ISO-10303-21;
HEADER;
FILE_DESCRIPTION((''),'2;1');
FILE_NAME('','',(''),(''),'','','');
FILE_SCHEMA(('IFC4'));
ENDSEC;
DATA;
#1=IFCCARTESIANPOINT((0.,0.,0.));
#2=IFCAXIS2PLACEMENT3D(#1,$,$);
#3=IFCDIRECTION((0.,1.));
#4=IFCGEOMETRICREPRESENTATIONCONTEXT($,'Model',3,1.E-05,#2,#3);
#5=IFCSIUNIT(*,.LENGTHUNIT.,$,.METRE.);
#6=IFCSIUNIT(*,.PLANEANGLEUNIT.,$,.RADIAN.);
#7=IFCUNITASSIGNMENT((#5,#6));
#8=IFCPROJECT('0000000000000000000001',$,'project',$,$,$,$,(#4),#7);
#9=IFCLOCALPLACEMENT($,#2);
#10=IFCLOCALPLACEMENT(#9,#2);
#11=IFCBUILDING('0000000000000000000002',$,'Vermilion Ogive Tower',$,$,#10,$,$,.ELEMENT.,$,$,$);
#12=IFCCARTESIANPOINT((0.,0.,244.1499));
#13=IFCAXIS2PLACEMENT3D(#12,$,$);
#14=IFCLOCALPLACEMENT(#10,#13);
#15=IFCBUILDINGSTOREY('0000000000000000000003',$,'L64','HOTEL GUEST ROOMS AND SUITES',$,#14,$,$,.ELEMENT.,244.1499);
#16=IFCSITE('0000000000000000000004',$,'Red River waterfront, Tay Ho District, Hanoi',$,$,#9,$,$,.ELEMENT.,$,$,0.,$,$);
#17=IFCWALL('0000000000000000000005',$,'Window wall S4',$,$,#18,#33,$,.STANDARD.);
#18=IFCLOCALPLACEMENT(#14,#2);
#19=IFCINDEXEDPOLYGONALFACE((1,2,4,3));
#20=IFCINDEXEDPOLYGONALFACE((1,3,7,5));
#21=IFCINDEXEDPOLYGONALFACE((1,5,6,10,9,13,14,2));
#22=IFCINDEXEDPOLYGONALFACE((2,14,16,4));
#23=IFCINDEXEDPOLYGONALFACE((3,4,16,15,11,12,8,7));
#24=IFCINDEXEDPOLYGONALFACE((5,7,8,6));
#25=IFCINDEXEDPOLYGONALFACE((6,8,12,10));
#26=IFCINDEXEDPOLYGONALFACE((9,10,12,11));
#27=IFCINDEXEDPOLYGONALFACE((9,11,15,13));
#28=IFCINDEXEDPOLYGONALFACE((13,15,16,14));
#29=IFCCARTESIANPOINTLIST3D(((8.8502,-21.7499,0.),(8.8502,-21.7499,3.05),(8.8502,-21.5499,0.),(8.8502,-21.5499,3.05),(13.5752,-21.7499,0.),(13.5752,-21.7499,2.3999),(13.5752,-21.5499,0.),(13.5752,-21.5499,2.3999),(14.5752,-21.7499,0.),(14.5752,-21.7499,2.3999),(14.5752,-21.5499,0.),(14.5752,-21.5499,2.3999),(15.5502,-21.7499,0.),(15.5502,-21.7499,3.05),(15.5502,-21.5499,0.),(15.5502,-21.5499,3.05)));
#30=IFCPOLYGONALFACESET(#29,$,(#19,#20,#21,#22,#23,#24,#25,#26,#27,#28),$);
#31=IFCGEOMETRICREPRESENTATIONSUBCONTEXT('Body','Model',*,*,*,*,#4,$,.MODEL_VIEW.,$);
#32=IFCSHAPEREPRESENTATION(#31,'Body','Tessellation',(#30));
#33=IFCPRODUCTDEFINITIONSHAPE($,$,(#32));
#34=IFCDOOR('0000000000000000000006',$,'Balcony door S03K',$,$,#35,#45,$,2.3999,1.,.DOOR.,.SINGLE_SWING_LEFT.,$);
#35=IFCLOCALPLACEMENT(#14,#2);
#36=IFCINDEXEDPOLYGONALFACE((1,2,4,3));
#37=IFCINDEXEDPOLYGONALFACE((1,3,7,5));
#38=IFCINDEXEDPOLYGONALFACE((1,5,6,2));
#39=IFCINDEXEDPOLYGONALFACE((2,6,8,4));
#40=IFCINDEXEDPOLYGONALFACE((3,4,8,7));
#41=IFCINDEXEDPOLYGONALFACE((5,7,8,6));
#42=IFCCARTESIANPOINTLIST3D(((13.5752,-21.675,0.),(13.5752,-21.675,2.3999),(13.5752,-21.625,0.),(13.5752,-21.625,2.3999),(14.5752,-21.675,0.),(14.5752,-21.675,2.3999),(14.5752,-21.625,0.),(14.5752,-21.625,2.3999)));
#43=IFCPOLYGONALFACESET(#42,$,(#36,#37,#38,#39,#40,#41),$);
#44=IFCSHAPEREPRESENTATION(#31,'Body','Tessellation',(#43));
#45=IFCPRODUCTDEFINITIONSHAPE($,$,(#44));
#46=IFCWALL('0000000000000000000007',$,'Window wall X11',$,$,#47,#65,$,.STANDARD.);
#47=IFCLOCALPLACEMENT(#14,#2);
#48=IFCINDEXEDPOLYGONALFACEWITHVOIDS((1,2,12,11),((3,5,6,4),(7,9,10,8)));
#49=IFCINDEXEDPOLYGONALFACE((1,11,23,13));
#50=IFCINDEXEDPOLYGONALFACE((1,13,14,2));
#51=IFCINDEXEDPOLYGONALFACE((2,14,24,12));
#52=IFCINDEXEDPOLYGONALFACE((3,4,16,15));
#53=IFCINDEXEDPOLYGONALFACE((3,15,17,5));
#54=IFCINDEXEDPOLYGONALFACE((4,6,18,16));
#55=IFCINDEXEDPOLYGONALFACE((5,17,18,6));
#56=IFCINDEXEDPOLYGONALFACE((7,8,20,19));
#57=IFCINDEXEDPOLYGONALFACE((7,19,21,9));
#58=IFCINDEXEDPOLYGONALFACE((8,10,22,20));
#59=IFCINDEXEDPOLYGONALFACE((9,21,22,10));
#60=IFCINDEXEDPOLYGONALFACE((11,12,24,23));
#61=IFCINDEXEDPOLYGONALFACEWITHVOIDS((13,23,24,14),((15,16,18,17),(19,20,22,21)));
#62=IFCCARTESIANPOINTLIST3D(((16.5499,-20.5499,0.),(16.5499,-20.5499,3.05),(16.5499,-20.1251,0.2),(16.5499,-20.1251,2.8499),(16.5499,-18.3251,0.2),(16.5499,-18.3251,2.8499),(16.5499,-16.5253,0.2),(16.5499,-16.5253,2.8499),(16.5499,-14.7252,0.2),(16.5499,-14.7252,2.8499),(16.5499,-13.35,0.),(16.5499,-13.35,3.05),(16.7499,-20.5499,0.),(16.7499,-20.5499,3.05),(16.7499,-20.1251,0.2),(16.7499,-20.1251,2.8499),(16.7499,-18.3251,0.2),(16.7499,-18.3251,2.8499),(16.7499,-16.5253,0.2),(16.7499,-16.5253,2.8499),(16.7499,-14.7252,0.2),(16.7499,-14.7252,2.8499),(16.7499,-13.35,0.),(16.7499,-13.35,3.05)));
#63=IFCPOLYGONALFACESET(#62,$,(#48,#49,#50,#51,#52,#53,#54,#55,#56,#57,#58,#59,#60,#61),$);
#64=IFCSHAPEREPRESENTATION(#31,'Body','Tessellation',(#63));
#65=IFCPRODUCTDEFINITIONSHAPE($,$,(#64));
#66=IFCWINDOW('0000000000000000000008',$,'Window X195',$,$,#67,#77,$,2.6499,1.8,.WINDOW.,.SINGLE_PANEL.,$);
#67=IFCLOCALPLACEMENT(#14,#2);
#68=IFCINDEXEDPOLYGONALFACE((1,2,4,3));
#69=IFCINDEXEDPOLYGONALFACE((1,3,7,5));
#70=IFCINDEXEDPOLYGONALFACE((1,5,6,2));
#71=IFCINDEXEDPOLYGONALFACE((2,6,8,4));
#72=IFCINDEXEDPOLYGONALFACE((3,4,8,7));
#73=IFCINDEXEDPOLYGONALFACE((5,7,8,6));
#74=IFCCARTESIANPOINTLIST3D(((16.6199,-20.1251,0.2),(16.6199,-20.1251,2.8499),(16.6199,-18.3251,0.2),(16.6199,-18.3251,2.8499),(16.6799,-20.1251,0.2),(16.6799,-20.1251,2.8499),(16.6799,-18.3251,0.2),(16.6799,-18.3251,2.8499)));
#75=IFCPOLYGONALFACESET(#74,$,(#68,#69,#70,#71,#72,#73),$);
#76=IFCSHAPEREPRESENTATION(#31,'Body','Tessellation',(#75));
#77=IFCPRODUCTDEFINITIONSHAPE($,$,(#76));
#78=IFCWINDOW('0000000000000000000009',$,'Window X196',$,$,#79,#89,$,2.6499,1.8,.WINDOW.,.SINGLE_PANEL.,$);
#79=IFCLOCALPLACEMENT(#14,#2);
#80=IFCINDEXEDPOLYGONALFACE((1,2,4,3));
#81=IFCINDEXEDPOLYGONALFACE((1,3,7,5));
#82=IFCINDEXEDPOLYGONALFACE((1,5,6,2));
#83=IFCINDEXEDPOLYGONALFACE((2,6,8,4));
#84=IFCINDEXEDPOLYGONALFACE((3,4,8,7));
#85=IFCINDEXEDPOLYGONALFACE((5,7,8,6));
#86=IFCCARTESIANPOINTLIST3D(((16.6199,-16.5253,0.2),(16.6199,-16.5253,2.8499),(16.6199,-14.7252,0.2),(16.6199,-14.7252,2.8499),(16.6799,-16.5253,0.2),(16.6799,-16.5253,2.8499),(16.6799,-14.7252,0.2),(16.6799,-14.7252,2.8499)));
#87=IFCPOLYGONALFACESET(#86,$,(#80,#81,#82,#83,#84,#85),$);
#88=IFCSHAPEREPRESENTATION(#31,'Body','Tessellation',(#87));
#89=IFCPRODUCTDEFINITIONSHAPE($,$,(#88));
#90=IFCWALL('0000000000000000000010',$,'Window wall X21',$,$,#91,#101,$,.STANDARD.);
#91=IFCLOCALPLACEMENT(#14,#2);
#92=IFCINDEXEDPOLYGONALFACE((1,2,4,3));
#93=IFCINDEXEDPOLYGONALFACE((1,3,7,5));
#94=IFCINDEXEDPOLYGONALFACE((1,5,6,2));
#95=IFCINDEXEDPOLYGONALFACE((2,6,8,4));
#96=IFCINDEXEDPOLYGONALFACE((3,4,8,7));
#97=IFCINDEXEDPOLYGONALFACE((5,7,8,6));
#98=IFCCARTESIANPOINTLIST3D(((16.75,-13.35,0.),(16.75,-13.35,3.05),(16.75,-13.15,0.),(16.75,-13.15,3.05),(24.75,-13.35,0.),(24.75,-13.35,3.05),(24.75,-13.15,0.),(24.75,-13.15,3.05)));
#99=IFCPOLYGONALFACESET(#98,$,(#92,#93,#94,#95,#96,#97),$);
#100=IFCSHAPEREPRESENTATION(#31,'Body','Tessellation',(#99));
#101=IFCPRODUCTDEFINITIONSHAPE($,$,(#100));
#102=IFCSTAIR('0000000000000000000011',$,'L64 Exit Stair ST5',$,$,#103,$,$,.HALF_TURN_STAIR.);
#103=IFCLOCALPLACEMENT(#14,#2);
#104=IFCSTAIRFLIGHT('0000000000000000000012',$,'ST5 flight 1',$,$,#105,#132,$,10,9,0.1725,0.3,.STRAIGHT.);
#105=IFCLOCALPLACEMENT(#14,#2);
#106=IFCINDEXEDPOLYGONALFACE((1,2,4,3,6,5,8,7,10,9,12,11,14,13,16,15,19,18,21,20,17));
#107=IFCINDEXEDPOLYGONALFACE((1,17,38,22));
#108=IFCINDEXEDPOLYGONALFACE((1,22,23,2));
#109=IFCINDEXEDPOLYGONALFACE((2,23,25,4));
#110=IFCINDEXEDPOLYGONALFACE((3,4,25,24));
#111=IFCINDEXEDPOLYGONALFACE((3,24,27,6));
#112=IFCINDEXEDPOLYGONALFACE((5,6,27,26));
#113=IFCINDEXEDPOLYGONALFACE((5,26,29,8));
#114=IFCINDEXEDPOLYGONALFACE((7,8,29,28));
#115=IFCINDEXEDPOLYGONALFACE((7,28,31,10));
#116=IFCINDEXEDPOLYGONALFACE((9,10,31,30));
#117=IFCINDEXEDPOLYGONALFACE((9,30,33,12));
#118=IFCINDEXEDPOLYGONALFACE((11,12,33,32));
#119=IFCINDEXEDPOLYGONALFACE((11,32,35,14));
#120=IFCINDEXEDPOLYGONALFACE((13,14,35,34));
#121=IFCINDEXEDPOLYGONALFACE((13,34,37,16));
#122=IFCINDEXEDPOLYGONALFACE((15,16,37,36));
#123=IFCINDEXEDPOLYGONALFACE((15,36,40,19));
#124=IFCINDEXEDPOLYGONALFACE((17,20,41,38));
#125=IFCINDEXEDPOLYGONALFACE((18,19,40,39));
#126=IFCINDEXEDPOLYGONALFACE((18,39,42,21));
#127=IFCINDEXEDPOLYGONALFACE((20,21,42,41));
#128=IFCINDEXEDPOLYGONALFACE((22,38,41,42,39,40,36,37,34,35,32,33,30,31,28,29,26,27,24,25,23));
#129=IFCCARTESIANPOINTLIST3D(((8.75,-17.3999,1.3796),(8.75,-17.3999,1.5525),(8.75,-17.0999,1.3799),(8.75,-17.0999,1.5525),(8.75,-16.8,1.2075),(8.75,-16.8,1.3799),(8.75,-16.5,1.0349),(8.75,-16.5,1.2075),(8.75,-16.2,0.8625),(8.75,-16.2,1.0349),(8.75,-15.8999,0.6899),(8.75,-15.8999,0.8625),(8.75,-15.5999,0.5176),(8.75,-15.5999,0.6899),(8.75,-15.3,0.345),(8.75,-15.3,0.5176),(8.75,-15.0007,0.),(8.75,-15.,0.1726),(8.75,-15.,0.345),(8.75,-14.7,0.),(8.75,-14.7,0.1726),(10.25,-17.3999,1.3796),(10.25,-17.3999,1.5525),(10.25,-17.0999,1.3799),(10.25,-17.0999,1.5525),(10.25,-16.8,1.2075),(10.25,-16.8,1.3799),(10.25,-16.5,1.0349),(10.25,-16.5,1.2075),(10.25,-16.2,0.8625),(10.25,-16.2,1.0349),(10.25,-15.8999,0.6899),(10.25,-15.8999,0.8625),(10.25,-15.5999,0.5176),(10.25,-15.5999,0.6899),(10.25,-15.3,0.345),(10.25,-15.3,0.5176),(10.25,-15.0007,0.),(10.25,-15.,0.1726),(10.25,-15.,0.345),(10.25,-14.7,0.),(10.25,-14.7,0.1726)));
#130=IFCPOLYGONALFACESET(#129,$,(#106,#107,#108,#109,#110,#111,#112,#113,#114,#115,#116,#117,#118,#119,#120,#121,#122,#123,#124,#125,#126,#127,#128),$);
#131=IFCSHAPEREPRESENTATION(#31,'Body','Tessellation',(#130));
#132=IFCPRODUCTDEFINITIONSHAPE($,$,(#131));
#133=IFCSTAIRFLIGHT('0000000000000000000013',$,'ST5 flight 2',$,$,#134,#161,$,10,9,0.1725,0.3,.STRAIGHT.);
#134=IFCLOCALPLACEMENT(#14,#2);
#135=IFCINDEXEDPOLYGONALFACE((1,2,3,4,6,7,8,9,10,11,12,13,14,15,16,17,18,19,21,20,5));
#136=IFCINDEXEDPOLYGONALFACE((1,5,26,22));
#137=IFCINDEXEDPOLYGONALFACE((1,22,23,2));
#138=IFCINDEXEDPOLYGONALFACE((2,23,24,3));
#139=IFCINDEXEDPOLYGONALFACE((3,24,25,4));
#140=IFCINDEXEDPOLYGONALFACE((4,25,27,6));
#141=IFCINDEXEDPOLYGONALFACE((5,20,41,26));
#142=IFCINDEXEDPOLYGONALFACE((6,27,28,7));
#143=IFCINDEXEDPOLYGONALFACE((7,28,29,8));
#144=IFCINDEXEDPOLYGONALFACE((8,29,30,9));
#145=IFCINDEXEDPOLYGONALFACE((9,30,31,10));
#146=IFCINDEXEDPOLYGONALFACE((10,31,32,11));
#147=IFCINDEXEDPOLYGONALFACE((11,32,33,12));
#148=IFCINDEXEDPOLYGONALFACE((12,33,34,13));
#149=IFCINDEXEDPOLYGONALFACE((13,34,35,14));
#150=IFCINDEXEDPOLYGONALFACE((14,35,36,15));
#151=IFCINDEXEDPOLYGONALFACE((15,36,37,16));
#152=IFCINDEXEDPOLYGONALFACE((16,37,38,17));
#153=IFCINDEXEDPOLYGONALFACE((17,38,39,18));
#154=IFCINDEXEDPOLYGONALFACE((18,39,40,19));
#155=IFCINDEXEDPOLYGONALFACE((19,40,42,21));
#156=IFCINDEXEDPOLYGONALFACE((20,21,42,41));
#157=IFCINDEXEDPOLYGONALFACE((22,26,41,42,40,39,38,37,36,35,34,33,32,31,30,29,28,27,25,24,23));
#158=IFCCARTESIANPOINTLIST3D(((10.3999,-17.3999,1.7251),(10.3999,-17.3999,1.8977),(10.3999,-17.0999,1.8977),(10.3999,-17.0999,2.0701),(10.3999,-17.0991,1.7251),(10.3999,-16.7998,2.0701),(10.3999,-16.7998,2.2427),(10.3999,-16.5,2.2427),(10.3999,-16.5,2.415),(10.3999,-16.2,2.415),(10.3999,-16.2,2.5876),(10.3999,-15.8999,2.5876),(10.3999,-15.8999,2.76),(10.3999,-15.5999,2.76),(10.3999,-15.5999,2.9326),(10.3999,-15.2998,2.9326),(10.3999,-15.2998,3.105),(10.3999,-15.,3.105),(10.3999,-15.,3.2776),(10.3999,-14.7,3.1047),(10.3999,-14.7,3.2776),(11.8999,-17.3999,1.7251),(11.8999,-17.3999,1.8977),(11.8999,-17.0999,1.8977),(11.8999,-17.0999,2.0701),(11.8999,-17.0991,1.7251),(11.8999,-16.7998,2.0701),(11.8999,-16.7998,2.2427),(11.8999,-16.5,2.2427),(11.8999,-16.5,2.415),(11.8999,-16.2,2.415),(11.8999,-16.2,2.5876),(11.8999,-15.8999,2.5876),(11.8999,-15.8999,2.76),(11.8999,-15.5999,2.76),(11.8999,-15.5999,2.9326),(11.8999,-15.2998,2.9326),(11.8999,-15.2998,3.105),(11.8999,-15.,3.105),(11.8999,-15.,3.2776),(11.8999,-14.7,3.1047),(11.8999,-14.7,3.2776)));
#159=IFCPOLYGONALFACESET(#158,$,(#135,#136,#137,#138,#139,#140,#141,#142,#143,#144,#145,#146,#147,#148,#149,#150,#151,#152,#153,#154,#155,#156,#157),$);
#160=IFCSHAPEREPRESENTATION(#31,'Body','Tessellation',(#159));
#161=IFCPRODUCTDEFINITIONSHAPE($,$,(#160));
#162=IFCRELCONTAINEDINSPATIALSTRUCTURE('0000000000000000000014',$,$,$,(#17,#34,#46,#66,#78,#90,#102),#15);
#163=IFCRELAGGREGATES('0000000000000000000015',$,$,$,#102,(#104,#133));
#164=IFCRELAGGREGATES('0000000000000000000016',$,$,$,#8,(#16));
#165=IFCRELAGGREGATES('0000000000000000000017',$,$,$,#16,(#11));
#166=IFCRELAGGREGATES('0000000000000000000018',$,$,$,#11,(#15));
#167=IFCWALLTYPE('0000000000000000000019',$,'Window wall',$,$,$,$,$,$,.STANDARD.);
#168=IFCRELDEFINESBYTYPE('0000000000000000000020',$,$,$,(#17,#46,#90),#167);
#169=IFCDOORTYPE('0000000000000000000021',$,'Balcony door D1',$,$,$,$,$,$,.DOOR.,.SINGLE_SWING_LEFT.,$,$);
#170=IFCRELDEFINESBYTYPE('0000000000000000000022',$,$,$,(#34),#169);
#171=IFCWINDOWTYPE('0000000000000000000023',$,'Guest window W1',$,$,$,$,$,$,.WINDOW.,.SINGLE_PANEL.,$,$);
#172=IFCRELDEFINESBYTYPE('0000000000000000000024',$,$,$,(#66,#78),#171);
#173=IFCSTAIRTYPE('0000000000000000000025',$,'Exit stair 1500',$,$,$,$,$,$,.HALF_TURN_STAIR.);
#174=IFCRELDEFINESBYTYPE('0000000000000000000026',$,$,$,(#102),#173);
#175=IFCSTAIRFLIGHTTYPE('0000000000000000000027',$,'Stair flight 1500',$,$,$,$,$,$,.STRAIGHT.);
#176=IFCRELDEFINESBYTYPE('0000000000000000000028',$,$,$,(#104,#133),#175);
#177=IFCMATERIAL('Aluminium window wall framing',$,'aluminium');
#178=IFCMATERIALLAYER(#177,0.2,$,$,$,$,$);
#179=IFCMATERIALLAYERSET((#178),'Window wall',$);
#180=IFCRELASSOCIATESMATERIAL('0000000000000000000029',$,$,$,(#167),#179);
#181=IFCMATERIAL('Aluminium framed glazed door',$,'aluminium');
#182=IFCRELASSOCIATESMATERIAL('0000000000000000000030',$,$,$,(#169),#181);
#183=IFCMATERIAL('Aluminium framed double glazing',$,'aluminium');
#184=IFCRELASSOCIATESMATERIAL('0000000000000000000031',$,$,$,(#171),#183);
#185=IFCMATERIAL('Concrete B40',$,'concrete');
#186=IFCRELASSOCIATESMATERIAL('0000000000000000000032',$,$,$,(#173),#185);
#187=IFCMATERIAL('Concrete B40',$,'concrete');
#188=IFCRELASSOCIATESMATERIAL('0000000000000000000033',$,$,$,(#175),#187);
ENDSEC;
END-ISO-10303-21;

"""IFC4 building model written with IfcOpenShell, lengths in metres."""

from ifc_helpers import new_model, si_unit, direction, frame, frame_2d, origin, place, context, subcontext, project, spatial, polyline, rectangle, outline, extrude, material, layer, layer_set, type_object, element, fill, aggregate, save


model = new_model("IFC4")

# Units and contexts
model_context = context("Model", 3, precision=1e-05, world=origin(), true_north=direction((0.0, 1.0)))
body_context = subcontext(model_context, "Body", "Model", "MODEL_VIEW")
ifc_project = project(units=[si_unit("LENGTHUNIT", "METRE"), si_unit("PLANEANGLEUNIT", "RADIAN")], contexts=[model_context])

# Site, building, storey
site_placement = place(None, origin())
site = spatial("IfcSite", under=ifc_project, at=site_placement, Name="Red River waterfront, Tay Ho District, Hanoi", CompositionType="ELEMENT", RefElevation=0.0)
building_placement = place(site_placement, origin())
building = spatial("IfcBuilding", under=site, at=building_placement, Name="Vermilion Ogive Tower", CompositionType="ELEMENT")
storey_placement = place(building_placement, frame((0.0, 0.0, 244.1499)))
storey = spatial("IfcBuildingStorey", under=building, at=storey_placement, Name="L64", Description="HOTEL GUEST ROOMS AND SUITES", CompositionType="ELEMENT", Elevation=244.1499)

# Wall, opening, door
ifc_material_1 = material(Name="Aluminium window wall framing", Category="aluminium")
ifc_layer_1 = layer(ifc_material_1, 0.2)
ifc_layer_set_1 = layer_set([ifc_layer_1], Name="Window wall")
wall_type_1 = type_object("IfcWallType", Name="Window wall", PredefinedType="STANDARD", material=ifc_layer_set_1)
wall_1_placement = place(storey_placement, frame((8.8501, -21.6499, 0.0), z_axis=(0.0, 0.0, 1.0), x_axis=(1.0, 0.0, 0.0)))
wall_1 = element("IfcWall", 1, at=wall_1_placement, inside=storey, type_object=wall_type_1, Name="Window wall S4", PredefinedType="STANDARD", context=body_context, shape_type="SweptSolid", body=[
    extrude(rectangle(XDim=6.7, YDim=0.2, at=frame_2d((3.3501, 0.0))), origin(), (0.0, 0.0, 1.0), 3.05),
])
opening_1_placement = place(wall_1_placement, frame((4.7251, 0.0, 0.0)))
opening_1 = element("IfcOpeningElement", 2, at=opening_1_placement, cuts=wall_1, PredefinedType="OPENING", context=body_context, shape_type="SweptSolid", body=[
    extrude(rectangle(XDim=1.0, YDim=2.3999, at=frame_2d((0.5, 1.2))), frame((0.0, 0.1099, 0.0), z_axis=(0.0, -1.0, 0.0), x_axis=(1.0, 0.0, 0.0)), (0.0, 0.0, 1.0), 0.22),
])
ifc_material_2 = material(Name="Aluminium framed glazed door", Category="aluminium")
door_type_1 = type_object("IfcDoorType", Name="Balcony door D1", OperationType="SINGLE_SWING_LEFT", PredefinedType="DOOR", material=ifc_material_2)
door_1_placement = place(opening_1_placement, origin())
door_1 = element("IfcDoor", 3, at=door_1_placement, inside=storey, type_object=door_type_1, Name="Balcony door S03K", OperationType="SINGLE_SWING_LEFT", OverallHeight=2.3999, OverallWidth=1.0, PredefinedType="DOOR", context=body_context, shape_type="SweptSolid", body=[
    extrude(rectangle(XDim=1.0, YDim=2.3999, at=frame_2d((0.5, 1.2))), frame((0.0, 0.0249, 0.0), z_axis=(0.0, -1.0, 0.0), x_axis=(1.0, 0.0, 0.0)), (0.0, 0.0, 1.0), 0.05),
])
fill(opening_1, door_1)

# Wall, openings, windows
wall_2_placement = place(storey_placement, frame((16.6499, -20.55, 0.0), z_axis=(0.0, 0.0, 1.0), x_axis=(0.0, 1.0, 0.0)))
wall_2 = element("IfcWall", 4, at=wall_2_placement, inside=storey, type_object=wall_type_1, Name="Window wall X11", PredefinedType="STANDARD", context=body_context, shape_type="SweptSolid", body=[
    extrude(rectangle(XDim=7.2, YDim=0.2, at=frame_2d((3.6001, 0.0))), origin(), (0.0, 0.0, 1.0), 3.05),
])
opening_2_placement = place(wall_2_placement, frame((0.425, 0.0, 0.2)))
opening_2 = element("IfcOpeningElement", 5, at=opening_2_placement, cuts=wall_2, PredefinedType="OPENING", context=body_context, shape_type="SweptSolid", body=[
    extrude(rectangle(XDim=1.8, YDim=2.6499, at=frame_2d((0.8999, 1.325))), frame((0.0, 0.1099, 0.0), z_axis=(0.0, -1.0, 0.0), x_axis=(1.0, 0.0, 0.0)), (0.0, 0.0, 1.0), 0.22),
])
opening_3_placement = place(wall_2_placement, frame((4.0249, 0.0, 0.2)))
opening_3 = element("IfcOpeningElement", 6, at=opening_3_placement, cuts=wall_2, PredefinedType="OPENING", context=body_context, shape_type="SweptSolid", body=[
    extrude(rectangle(XDim=1.8, YDim=2.6499, at=frame_2d((0.8999, 1.325))), frame((0.0, 0.1099, 0.0), z_axis=(0.0, -1.0, 0.0), x_axis=(1.0, 0.0, 0.0)), (0.0, 0.0, 1.0), 0.22),
])
ifc_material_3 = material(Name="Aluminium framed double glazing", Category="aluminium")
window_type = type_object("IfcWindowType", Name="Guest window W1", PartitioningType="SINGLE_PANEL", PredefinedType="WINDOW", material=ifc_material_3)
window_1_placement = place(opening_2_placement, origin())
window_1 = element("IfcWindow", 7, at=window_1_placement, inside=storey, type_object=window_type, Name="Window X195", OverallHeight=2.6499, OverallWidth=1.8, PartitioningType="SINGLE_PANEL", PredefinedType="WINDOW", context=body_context, shape_type="SweptSolid", body=[
    extrude(rectangle(XDim=1.8, YDim=2.6499, at=frame_2d((0.8999, 1.325))), frame((0.0, 0.03, 0.0), z_axis=(0.0, -1.0, 0.0), x_axis=(1.0, 0.0, 0.0)), (0.0, 0.0, 1.0), 0.0601),
])
fill(opening_2, window_1)
window_2_placement = place(opening_3_placement, origin())
window_2 = element("IfcWindow", 8, at=window_2_placement, inside=storey, type_object=window_type, Name="Window X196", OverallHeight=2.6499, OverallWidth=1.8, PartitioningType="SINGLE_PANEL", PredefinedType="WINDOW", context=body_context, shape_type="SweptSolid", body=[
    extrude(rectangle(XDim=1.8, YDim=2.6499, at=frame_2d((0.8999, 1.325))), frame((0.0, 0.03, 0.0), z_axis=(0.0, -1.0, 0.0), x_axis=(1.0, 0.0, 0.0)), (0.0, 0.0, 1.0), 0.0601),
])
fill(opening_3, window_2)

# Wall
wall_3_placement = place(storey_placement, frame((16.75, -13.25, 0.0), z_axis=(0.0, 0.0, 1.0), x_axis=(1.0, 0.0, 0.0)))
element("IfcWall", 9, at=wall_3_placement, inside=storey, type_object=wall_type_1, Name="Window wall X21", PredefinedType="STANDARD", context=body_context, shape_type="SweptSolid", body=[
    extrude(rectangle(XDim=8.0, YDim=0.2, at=frame_2d((4.0, 0.0))), origin(), (0.0, 0.0, 1.0), 3.05),
])

# Stair, stair flights
ifc_material_4 = material(Name="Concrete B40", Category="concrete")
stair_type = type_object("IfcStairType", Name="Exit stair 1500", PredefinedType="HALF_TURN_STAIR", material=ifc_material_4)
stair_placement = place(storey_placement, origin())
stair = element("IfcStair", 10, at=stair_placement, inside=storey, type_object=stair_type, Name="L64 Exit Stair ST5", PredefinedType="HALF_TURN_STAIR")
ifc_material_5 = material(Name="Concrete B40", Category="concrete")
stair_flight_type = type_object("IfcStairFlightType", Name="Stair flight 1500", PredefinedType="STRAIGHT", material=ifc_material_5)
stair_flight_1_placement = place(storey_placement, frame((9.5, -14.7, 0.0), z_axis=(0.0, 0.0, 1.0), x_axis=(0.0, -1.0, 0.0)))
stair_flight_1 = element("IfcStairFlight", 11, at=stair_flight_1_placement, type_object=stair_flight_type, Name="ST5 flight 1", NumberOfRisers=10, NumberOfTreads=9, PredefinedType="STRAIGHT", RiserHeight=0.1725, TreadLength=0.3, context=body_context, shape_type="SweptSolid", body=[
    extrude(outline(polyline([(0.0, 0.0), (0.0, 0.1726), (0.3, 0.1726), (0.3, 0.345), (0.6001, 0.345), (0.6001, 0.5176), (0.8999, 0.5176), (0.8999, 0.6899), (1.2, 0.6899), (1.2, 0.8625), (1.5, 0.8625), (1.5, 1.0349), (1.8, 1.0349), (1.8, 1.2075), (2.1001, 1.2075), (2.1001, 1.3799), (2.3999, 1.3799), (2.3999, 1.5525), (2.7, 1.5525), (2.7, 1.7251), (2.7, 1.3796), (0.3008, 0.0), (0.0, 0.0)])), frame((0.0, 0.75, 0.0), z_axis=(0.0, -1.0, 0.0), x_axis=(1.0, 0.0, 0.0)), (0.0, 0.0, 1.0), 1.5),
])
stair_flight_2_placement = place(storey_placement, frame((11.1499, -17.3999, 1.7251), z_axis=(0.0, 0.0, 1.0), x_axis=(0.0, 1.0, 0.0)))
stair_flight_2 = element("IfcStairFlight", 12, at=stair_flight_2_placement, type_object=stair_flight_type, Name="ST5 flight 2", NumberOfRisers=10, NumberOfTreads=9, PredefinedType="STRAIGHT", RiserHeight=0.1725, TreadLength=0.3, context=body_context, shape_type="SweptSolid", body=[
    extrude(outline(polyline([(0.0, 0.0), (0.0, 0.1726), (0.3, 0.1726), (0.3, 0.345), (0.6001, 0.345), (0.6001, 0.5176), (0.8999, 0.5176), (0.8999, 0.6899), (1.2, 0.6899), (1.2, 0.8625), (1.5, 0.8625), (1.5, 1.0349), (1.8, 1.0349), (1.8, 1.2075), (2.1001, 1.2075), (2.1001, 1.3799), (2.3999, 1.3799), (2.3999, 1.5525), (2.7, 1.5525), (2.7, 1.7251), (2.7, 1.3796), (0.3008, 0.0), (0.0, 0.0)])), frame((0.0, 0.75, 0.0), z_axis=(0.0, -1.0, 0.0), x_axis=(1.0, 0.0, 0.0)), (0.0, 0.0, 1.0), 1.5),
])
aggregate(stair, [stair_flight_1, stair_flight_2])

save(model, "model.ifc")
